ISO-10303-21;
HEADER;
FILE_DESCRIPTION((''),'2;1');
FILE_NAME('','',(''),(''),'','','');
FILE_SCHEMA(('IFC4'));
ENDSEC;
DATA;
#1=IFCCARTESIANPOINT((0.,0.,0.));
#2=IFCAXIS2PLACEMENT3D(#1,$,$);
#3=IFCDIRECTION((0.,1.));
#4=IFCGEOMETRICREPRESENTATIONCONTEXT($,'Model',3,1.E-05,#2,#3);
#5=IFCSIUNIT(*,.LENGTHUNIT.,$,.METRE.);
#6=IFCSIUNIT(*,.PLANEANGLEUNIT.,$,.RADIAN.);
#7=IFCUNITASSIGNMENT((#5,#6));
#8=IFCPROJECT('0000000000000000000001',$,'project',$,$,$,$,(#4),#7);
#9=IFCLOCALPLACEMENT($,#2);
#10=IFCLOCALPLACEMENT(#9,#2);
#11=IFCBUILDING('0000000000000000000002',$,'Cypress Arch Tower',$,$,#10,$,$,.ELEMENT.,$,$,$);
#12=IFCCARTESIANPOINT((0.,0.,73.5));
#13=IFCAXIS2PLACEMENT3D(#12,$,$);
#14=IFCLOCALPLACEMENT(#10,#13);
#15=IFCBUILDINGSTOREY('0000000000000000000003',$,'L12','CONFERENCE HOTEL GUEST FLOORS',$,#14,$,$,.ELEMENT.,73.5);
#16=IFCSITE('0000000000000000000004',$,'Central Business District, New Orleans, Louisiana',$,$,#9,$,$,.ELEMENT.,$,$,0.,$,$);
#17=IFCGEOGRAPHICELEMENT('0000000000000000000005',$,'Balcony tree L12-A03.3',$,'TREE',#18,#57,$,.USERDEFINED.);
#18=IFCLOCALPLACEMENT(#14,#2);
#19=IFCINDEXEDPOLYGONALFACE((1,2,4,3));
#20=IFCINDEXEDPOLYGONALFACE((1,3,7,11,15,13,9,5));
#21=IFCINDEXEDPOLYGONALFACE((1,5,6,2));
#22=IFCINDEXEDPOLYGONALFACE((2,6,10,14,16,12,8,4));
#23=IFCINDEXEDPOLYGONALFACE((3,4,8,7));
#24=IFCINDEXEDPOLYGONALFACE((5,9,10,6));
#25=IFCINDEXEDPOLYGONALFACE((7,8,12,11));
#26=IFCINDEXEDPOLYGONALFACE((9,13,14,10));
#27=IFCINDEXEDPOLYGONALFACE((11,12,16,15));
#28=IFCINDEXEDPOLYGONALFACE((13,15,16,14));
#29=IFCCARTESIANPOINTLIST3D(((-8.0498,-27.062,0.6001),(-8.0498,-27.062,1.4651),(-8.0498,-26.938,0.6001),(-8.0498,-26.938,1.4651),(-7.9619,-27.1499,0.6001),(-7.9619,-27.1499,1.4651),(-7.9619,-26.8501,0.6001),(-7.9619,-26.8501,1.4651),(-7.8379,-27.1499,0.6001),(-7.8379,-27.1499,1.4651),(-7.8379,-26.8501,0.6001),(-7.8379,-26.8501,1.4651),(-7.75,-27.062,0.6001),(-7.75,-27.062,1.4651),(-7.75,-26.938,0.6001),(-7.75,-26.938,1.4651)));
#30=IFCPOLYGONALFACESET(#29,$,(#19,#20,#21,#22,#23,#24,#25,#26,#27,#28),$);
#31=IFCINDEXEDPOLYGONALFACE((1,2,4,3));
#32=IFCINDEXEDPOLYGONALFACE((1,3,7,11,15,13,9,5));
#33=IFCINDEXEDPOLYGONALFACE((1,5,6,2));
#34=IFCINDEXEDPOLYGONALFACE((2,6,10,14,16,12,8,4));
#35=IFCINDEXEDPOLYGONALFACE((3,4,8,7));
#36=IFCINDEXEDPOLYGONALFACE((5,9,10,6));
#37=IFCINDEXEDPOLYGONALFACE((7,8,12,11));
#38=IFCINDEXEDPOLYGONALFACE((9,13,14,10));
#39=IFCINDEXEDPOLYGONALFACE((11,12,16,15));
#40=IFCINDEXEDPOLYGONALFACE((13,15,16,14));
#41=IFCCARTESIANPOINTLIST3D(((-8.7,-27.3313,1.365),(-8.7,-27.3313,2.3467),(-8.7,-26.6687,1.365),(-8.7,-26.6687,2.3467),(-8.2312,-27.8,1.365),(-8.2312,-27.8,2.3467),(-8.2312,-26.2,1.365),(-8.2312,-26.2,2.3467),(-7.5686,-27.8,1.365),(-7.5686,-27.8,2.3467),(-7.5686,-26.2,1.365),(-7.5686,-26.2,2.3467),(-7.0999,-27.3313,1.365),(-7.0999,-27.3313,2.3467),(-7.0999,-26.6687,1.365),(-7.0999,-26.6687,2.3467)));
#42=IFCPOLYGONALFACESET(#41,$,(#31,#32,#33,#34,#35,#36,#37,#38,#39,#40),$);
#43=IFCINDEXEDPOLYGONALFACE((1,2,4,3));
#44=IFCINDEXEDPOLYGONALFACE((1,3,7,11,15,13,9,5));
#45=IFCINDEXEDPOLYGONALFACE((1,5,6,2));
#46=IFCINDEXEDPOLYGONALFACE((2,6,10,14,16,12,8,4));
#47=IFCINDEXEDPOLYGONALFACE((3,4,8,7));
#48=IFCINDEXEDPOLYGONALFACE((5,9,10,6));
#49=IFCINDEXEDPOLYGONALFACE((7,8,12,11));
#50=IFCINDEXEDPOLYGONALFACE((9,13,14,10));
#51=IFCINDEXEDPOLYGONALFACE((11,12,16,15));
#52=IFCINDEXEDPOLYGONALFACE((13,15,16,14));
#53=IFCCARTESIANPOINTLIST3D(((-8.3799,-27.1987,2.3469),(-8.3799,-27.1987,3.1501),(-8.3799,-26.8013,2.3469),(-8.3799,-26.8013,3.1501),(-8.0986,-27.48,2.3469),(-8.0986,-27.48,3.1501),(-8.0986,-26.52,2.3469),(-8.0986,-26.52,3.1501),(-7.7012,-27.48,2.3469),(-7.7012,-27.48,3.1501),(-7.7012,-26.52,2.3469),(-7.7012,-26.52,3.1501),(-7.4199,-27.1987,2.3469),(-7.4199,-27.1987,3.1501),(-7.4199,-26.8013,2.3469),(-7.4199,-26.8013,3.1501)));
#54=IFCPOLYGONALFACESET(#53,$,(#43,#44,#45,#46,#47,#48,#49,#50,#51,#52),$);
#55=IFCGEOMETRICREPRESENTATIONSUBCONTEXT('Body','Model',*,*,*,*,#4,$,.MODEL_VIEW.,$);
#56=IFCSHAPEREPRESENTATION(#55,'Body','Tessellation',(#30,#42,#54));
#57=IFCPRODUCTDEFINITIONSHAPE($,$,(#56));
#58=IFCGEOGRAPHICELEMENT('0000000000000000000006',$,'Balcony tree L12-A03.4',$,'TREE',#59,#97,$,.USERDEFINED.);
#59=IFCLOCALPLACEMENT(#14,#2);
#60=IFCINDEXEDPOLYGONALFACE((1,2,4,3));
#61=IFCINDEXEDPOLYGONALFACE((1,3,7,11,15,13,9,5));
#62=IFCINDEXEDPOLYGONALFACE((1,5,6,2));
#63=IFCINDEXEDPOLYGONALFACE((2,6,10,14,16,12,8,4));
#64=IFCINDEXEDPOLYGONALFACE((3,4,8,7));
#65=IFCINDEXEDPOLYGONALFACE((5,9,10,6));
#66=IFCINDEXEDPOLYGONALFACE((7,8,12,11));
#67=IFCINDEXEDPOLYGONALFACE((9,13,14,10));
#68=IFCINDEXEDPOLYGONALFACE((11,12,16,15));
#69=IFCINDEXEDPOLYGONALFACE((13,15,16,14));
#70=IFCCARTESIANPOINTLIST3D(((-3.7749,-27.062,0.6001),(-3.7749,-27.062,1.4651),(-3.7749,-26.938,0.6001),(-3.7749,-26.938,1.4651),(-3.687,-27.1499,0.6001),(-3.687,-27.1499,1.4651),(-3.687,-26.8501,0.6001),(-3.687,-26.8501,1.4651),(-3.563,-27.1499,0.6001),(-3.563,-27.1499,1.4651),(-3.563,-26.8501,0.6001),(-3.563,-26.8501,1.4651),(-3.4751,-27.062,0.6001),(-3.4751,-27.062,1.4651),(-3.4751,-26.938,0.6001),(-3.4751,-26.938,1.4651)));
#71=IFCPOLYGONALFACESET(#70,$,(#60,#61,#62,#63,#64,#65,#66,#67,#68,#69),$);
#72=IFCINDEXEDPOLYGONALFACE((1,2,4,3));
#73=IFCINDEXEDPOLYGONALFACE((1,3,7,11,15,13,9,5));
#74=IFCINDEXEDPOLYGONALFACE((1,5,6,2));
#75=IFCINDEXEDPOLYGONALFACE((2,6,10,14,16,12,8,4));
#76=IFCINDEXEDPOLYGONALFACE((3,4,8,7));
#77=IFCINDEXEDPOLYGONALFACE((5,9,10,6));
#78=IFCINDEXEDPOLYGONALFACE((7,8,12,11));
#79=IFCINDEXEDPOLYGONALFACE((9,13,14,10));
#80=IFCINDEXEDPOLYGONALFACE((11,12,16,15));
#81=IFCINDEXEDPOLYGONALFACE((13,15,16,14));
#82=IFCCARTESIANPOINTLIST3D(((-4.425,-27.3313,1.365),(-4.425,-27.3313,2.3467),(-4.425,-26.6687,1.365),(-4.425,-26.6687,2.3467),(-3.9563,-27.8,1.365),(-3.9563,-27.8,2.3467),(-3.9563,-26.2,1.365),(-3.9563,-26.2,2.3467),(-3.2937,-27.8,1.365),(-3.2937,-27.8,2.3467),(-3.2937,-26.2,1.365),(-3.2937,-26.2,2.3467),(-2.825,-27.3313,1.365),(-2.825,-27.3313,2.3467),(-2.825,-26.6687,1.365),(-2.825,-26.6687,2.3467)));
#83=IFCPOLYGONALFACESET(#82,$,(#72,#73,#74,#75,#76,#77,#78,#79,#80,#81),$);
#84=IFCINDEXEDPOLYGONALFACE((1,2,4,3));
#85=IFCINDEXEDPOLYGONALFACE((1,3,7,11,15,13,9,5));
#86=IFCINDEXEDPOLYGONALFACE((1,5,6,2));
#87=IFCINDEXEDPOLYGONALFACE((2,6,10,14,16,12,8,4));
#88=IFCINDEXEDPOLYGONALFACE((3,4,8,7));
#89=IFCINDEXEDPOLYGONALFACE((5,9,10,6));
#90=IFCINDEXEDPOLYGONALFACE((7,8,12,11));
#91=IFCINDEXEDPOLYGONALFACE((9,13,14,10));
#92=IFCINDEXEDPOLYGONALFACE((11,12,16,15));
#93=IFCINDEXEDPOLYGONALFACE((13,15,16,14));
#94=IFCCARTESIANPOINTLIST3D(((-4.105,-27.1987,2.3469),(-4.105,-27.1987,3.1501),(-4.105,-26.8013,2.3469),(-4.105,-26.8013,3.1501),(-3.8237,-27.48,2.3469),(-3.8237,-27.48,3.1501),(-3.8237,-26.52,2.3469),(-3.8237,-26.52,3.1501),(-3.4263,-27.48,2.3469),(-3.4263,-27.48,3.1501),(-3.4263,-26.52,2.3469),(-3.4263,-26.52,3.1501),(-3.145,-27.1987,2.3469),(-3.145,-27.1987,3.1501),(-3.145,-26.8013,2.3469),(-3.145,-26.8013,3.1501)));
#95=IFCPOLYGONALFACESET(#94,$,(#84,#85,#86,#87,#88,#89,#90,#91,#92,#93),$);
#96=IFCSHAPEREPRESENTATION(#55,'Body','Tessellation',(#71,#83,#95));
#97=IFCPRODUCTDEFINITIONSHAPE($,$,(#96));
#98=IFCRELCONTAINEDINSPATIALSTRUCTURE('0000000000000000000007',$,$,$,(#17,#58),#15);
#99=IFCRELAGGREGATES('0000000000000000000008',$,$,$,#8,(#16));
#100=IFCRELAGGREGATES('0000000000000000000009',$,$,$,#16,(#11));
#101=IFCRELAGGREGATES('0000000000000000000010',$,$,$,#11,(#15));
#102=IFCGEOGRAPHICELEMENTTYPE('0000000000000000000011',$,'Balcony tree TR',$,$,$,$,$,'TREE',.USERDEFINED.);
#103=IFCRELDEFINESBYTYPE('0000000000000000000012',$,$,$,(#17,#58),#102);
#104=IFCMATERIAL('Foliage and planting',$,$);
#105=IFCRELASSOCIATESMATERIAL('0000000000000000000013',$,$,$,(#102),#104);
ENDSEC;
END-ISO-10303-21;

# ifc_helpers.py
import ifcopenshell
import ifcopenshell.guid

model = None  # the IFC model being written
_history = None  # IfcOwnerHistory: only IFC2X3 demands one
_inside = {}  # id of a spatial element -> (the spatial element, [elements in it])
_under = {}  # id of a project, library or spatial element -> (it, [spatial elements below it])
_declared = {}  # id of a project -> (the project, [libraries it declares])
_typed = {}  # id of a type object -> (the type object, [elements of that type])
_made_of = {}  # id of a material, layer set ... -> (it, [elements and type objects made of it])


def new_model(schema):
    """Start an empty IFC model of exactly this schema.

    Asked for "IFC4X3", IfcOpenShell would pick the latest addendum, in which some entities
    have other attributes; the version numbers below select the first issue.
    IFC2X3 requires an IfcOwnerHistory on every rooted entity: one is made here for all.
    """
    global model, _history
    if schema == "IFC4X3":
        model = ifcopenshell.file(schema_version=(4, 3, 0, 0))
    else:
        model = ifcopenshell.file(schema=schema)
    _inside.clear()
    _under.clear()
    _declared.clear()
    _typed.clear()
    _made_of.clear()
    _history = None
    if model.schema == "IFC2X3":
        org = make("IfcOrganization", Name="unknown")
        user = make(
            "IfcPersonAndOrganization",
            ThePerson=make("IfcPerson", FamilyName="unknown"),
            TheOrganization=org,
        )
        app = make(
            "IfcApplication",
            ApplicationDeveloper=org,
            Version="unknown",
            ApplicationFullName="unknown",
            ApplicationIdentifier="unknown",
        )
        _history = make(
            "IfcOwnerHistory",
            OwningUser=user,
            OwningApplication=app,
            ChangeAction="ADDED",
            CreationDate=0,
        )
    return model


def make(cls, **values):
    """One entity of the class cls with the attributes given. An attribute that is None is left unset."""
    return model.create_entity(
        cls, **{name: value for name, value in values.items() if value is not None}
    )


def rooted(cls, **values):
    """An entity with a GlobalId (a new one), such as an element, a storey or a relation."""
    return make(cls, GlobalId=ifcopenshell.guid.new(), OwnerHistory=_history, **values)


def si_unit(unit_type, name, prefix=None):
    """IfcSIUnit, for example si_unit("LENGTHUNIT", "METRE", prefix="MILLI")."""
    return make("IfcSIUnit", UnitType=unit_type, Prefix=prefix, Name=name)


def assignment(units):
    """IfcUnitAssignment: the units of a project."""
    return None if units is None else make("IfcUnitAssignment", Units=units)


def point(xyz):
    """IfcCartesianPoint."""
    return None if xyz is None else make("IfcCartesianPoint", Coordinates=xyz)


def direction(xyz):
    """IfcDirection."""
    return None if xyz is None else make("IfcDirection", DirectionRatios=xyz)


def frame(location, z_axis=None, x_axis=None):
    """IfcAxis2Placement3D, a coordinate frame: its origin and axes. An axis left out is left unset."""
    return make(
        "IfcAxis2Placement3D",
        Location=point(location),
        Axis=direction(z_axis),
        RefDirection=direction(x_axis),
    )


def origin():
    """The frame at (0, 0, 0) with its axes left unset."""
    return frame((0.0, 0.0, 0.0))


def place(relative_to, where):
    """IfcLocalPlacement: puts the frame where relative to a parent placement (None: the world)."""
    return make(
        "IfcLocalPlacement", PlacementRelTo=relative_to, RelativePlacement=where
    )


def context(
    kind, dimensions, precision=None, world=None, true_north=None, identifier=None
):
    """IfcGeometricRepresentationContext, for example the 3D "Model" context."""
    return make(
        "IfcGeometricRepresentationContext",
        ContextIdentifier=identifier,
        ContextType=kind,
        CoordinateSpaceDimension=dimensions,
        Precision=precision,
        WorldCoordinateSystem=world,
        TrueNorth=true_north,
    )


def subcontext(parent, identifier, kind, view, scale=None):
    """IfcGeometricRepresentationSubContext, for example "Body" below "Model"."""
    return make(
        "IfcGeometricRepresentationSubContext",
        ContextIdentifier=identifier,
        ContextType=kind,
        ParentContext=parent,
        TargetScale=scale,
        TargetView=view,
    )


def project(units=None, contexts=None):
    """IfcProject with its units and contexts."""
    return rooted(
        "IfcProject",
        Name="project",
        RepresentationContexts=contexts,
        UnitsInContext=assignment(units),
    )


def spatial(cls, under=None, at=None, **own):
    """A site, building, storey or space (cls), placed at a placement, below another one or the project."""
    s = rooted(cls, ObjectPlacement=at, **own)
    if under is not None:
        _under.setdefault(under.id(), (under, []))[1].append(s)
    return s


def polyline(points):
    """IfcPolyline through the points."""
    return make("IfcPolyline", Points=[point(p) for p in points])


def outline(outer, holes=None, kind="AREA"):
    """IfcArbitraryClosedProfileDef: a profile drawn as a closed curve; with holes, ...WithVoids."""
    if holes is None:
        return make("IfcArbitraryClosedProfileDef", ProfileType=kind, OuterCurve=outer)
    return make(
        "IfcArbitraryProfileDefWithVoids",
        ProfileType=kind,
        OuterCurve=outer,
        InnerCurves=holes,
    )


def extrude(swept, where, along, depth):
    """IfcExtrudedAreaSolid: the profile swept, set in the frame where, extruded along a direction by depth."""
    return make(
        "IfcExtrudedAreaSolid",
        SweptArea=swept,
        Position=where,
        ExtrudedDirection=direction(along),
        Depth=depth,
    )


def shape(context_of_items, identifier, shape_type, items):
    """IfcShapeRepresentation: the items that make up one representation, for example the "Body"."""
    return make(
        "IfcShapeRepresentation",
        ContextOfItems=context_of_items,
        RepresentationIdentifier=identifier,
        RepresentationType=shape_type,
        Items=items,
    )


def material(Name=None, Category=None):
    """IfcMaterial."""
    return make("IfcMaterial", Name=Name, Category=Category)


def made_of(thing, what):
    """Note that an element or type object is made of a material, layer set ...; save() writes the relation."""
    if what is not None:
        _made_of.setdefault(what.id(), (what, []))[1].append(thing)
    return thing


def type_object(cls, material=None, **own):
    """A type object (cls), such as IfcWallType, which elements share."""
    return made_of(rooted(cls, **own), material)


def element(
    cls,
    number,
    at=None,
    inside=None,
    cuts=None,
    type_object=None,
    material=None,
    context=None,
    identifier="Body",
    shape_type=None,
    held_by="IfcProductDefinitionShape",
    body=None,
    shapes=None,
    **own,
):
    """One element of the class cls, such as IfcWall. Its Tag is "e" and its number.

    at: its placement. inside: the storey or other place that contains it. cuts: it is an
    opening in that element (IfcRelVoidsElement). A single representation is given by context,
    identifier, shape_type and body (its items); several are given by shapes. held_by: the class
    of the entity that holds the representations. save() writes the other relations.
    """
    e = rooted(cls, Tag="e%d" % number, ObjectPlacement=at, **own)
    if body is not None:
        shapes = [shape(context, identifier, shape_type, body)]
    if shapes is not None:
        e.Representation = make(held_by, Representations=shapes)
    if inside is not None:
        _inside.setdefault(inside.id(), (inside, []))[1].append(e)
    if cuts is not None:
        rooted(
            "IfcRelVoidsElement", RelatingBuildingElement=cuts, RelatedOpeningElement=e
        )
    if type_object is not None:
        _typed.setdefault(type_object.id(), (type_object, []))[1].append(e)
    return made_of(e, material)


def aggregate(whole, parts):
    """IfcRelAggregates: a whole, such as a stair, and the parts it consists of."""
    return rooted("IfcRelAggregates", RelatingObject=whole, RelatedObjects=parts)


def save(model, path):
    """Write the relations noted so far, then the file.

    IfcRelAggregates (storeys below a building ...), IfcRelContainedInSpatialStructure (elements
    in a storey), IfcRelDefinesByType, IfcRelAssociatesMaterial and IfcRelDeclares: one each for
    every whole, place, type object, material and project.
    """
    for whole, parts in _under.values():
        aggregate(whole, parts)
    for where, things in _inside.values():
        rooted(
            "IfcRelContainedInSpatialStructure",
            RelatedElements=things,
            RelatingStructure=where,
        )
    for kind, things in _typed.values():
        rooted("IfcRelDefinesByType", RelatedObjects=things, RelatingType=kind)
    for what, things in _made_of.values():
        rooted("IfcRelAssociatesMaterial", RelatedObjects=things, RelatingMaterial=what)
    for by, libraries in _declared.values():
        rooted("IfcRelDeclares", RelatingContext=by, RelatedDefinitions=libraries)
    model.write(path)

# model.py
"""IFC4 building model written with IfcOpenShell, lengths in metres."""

from ifc_helpers import new_model, si_unit, direction, frame, origin, place, context, subcontext, project, spatial, polyline, outline, extrude, material, type_object, element, save


model = new_model("IFC4")

# Units and contexts
model_context = context("Model", 3, precision=1e-05, world=origin(), true_north=direction((0.0, 1.0)))
body_context = subcontext(model_context, "Body", "Model", "MODEL_VIEW")
ifc_project = project(units=[si_unit("LENGTHUNIT", "METRE"), si_unit("PLANEANGLEUNIT", "RADIAN")], contexts=[model_context])

# Site, building, storey
site_placement = place(None, origin())
site = spatial("IfcSite", under=ifc_project, at=site_placement, Name="Central Business District, New Orleans, Louisiana", CompositionType="ELEMENT", RefElevation=0.0)
building_placement = place(site_placement, origin())
building = spatial("IfcBuilding", under=site, at=building_placement, Name="Cypress Arch Tower", CompositionType="ELEMENT")
storey_placement = place(building_placement, frame((0.0, 0.0, 73.5)))
storey = spatial("IfcBuildingStorey", under=building, at=storey_placement, Name="L12", Description="CONFERENCE HOTEL GUEST FLOORS", CompositionType="ELEMENT", Elevation=73.5)

# Geographic elements
ifc_material_1 = material(Name="Foliage and planting")
geographic_element_type = type_object("IfcGeographicElementType", Name="Balcony tree TR", ElementType="TREE", PredefinedType="USERDEFINED", material=ifc_material_1)
for number, where, z_axis, x_axis, name in (
    (1, (-7.8999, -27.0, 0.6001), (0.0, 0.0, 1.0), (1.0, 0.0, 0.0), "Balcony tree L12-A03.3"),
    (2, (-3.625, -27.0, 0.6001), (0.0, 0.0, 1.0), (1.0, 0.0, 0.0), "Balcony tree L12-A03.4"),
):
    element("IfcGeographicElement", number, at=place(storey_placement, frame(where, z_axis=z_axis, x_axis=x_axis)), inside=storey, type_object=geographic_element_type, Name=name, ObjectType="TREE", PredefinedType="USERDEFINED", context=body_context, shape_type="SweptSolid", body=[
        extrude(outline(polyline([(0.1499, 0.062), (0.062, 0.1499), (-0.062, 0.1499), (-0.1499, 0.062), (-0.1499, -0.062), (-0.062, -0.1499), (0.062, -0.1499), (0.1499, -0.062), (0.1499, 0.062)])), origin(), (0.0, 0.0, 1.0), 0.865),
        extrude(outline(polyline([(0.8, 0.3313), (0.3313, 0.8), (-0.3313, 0.8), (-0.8, 0.3313), (-0.8, -0.3313), (-0.3313, -0.8), (0.3313, -0.8), (0.8, -0.3313), (0.8, 0.3313)])), frame((0.0, 0.0, 0.7649)), (0.0, 0.0, 1.0), 0.9817),
        extrude(outline(polyline([(0.48, 0.1987), (0.1987, 0.48), (-0.1987, 0.48), (-0.48, 0.1987), (-0.48, -0.1987), (-0.1987, -0.48), (0.1987, -0.48), (0.48, -0.1987), (0.48, 0.1987)])), frame((0.0, 0.0, 1.7468)), (0.0, 0.0, 1.0), 0.8032),
    ])

save(model, "model.ifc")
